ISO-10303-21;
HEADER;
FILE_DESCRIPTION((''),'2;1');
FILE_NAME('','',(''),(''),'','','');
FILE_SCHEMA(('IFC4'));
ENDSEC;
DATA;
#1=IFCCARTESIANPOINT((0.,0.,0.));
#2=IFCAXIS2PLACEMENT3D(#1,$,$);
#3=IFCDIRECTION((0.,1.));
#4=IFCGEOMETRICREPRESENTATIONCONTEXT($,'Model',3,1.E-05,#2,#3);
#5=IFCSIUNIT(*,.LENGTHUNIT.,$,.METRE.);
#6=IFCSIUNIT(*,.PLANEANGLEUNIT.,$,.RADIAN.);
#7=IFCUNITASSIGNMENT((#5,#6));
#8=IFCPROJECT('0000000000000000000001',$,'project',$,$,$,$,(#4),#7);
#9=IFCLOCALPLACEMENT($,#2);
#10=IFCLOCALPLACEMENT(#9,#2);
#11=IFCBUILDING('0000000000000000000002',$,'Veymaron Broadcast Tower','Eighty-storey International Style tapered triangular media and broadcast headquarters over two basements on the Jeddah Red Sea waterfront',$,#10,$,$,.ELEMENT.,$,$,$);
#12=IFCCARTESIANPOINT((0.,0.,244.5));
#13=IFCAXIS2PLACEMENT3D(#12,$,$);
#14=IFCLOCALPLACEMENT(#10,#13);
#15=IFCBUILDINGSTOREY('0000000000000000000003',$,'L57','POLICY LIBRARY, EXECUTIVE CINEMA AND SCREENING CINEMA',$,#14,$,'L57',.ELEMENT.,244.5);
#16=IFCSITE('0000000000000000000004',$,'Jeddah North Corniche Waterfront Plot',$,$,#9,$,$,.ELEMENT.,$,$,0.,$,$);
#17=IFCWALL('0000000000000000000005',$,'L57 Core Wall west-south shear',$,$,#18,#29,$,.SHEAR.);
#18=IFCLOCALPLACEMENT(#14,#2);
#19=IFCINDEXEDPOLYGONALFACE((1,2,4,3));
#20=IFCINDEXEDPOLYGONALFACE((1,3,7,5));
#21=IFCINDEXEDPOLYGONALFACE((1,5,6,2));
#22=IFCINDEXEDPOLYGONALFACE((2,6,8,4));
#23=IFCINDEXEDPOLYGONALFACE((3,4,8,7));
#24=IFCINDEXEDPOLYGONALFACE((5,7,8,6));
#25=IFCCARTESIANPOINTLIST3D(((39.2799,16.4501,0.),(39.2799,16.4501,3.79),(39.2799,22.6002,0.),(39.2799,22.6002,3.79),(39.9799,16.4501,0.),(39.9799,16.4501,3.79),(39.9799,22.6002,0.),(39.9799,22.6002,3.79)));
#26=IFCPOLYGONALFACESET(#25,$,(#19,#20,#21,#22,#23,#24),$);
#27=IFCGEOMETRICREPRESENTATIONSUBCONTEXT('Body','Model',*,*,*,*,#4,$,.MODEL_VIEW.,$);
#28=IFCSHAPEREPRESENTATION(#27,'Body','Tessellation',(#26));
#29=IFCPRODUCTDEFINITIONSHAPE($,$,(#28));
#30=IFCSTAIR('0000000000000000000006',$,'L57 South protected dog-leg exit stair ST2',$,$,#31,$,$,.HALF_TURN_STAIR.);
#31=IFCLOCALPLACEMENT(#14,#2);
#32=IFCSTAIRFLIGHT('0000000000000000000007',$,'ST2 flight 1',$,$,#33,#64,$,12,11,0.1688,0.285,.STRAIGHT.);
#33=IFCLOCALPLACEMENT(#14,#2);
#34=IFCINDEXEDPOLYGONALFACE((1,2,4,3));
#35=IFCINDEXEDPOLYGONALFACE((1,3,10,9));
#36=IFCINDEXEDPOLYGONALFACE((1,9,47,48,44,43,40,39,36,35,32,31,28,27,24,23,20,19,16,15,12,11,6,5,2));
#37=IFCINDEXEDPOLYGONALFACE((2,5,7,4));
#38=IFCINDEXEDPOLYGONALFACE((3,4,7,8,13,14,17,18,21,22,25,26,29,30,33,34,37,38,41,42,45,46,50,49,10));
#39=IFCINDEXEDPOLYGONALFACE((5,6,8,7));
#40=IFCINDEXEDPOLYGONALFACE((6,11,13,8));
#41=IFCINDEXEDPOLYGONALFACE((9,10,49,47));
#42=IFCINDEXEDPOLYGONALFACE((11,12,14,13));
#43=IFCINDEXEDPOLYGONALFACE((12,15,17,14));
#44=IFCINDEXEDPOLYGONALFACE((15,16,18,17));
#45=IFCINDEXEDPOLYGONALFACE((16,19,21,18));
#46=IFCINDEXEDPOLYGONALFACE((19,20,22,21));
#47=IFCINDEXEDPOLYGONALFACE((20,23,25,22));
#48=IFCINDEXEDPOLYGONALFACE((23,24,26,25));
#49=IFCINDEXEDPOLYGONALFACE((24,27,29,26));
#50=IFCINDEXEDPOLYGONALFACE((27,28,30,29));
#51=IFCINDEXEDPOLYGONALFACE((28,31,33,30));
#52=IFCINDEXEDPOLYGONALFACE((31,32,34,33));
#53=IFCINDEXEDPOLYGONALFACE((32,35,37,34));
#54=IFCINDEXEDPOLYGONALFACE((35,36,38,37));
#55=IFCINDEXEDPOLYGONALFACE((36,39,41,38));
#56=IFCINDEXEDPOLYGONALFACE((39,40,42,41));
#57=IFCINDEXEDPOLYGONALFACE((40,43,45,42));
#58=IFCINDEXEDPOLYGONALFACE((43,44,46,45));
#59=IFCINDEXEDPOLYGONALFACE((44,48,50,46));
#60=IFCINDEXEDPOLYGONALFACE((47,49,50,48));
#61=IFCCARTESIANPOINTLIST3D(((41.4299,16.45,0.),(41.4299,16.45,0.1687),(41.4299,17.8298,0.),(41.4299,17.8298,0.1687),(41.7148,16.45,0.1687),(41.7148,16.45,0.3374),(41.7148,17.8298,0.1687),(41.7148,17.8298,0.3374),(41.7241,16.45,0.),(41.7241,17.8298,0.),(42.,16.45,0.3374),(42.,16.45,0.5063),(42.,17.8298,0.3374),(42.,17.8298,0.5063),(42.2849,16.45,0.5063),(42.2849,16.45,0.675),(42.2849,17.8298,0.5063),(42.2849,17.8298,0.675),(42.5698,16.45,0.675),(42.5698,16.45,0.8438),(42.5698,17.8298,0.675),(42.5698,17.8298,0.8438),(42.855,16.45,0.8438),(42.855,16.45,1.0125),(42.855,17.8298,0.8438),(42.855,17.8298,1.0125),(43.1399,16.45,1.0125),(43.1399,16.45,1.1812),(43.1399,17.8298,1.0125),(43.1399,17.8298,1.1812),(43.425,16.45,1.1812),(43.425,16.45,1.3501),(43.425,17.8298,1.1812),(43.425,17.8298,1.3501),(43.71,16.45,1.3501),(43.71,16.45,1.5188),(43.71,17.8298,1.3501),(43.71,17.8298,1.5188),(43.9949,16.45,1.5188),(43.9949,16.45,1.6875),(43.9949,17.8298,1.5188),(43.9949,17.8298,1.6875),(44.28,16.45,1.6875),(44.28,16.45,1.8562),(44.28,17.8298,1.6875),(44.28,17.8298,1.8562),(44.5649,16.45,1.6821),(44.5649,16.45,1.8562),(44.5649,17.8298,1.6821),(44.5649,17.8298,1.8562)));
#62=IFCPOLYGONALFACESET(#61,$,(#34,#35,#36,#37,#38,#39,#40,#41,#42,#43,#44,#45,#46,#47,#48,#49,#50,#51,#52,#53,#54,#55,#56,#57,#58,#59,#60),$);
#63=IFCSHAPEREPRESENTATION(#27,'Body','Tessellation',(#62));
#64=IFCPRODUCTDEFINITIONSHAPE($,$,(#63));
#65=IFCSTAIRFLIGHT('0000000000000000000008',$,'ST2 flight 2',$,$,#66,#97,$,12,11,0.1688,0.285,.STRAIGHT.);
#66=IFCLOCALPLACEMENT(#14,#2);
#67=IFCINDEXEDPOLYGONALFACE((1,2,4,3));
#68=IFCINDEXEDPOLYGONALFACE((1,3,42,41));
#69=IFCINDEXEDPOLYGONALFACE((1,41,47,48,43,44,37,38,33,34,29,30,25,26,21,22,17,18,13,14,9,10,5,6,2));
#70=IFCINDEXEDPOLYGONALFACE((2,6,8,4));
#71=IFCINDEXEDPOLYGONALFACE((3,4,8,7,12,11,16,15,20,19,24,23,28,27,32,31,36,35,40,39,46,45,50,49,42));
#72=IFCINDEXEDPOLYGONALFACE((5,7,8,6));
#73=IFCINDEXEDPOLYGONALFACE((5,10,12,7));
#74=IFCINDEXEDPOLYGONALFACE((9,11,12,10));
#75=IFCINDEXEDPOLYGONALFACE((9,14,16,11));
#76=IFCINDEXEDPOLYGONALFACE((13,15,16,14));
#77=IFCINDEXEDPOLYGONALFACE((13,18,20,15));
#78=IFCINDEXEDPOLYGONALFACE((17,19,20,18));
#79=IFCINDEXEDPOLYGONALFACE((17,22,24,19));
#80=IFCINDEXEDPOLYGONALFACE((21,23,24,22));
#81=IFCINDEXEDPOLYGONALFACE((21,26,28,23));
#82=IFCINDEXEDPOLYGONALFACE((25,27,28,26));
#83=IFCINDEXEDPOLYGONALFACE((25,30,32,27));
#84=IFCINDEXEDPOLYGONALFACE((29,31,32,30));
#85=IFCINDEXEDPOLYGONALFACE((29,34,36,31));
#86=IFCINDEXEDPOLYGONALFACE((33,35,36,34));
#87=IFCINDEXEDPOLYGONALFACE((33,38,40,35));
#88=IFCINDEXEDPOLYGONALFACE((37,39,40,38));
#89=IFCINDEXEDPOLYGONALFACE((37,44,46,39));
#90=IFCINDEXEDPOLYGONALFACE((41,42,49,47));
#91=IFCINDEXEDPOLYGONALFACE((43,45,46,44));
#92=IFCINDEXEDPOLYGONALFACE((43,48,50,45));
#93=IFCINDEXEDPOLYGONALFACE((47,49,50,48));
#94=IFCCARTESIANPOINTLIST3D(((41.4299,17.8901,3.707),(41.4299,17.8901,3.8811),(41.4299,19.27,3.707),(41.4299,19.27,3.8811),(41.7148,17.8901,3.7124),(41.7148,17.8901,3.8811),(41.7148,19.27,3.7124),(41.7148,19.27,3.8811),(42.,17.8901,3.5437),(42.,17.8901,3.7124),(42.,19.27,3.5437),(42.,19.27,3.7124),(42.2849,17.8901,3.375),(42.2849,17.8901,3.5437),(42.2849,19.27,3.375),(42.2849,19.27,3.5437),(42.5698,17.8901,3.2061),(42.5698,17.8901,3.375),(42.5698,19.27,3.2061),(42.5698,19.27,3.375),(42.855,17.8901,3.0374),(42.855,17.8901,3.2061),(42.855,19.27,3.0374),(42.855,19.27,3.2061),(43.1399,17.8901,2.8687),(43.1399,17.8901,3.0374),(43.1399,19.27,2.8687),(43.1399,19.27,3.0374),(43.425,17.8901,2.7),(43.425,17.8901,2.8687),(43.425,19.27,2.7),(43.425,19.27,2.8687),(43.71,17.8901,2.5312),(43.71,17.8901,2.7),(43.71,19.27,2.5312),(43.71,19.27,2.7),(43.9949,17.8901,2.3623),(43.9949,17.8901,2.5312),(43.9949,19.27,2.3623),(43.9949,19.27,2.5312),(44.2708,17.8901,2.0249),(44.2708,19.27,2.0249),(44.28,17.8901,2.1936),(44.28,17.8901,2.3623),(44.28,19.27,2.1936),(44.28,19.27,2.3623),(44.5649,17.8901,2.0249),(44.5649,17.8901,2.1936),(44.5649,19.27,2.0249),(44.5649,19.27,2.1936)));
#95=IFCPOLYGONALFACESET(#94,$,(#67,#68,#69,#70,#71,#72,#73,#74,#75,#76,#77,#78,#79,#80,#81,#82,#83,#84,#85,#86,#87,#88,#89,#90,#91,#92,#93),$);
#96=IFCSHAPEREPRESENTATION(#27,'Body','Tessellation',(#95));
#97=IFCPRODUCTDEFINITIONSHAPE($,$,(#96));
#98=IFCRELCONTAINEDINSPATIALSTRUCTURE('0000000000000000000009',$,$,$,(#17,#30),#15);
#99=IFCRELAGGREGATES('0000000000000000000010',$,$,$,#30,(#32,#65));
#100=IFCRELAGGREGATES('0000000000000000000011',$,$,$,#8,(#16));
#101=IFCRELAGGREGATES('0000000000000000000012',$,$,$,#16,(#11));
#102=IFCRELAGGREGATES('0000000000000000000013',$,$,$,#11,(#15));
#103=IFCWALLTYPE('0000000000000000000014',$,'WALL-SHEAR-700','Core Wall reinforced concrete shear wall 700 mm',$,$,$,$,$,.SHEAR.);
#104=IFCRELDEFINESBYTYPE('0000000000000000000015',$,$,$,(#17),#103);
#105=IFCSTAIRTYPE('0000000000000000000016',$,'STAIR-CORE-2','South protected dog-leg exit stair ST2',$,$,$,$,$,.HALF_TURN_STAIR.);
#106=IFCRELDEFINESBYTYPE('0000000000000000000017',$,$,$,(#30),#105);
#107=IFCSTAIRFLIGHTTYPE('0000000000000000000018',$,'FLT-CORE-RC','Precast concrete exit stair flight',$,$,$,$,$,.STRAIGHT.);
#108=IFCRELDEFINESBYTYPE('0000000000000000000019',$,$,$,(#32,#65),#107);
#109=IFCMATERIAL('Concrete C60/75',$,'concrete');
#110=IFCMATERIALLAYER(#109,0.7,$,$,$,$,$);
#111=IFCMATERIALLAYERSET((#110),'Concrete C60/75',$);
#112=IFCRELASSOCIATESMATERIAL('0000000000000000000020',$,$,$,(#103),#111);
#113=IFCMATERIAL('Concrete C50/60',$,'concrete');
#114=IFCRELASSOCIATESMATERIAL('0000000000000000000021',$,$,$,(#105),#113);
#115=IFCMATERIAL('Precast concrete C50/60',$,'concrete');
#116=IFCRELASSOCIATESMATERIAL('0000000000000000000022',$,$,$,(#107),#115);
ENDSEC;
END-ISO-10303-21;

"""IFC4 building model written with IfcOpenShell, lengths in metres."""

from ifc_helpers import new_model, si_unit, direction, frame, frame_2d, origin, place, context, subcontext, project, spatial, polyline, rectangle, outline, extrude, material, layer, layer_set, type_object, element, aggregate, save


model = new_model("IFC4")

# Units and contexts
model_context = context("Model", 3, precision=1e-05, world=origin(), true_north=direction((0.0, 1.0)))
body_context = subcontext(model_context, "Body", "Model", "MODEL_VIEW")
ifc_project = project(units=[si_unit("LENGTHUNIT", "METRE"), si_unit("PLANEANGLEUNIT", "RADIAN")], contexts=[model_context])

# Site, building, storey
site_placement = place(None, origin())
site = spatial("IfcSite", under=ifc_project, at=site_placement, Name="Jeddah North Corniche Waterfront Plot", CompositionType="ELEMENT", RefElevation=0.0)
building_placement = place(site_placement, origin())
building = spatial("IfcBuilding", under=site, at=building_placement, Name="Veymaron Broadcast Tower", Description="Eighty-storey International Style tapered triangular media and broadcast headquarters over two basements on the Jeddah Red Sea waterfront", CompositionType="ELEMENT")
storey_placement = place(building_placement, frame((0.0, 0.0, 244.5)))
storey = spatial("IfcBuildingStorey", under=building, at=storey_placement, Name="L57", Description="POLICY LIBRARY, EXECUTIVE CINEMA AND SCREENING CINEMA", LongName="L57", CompositionType="ELEMENT", Elevation=244.5)

# Shared definitions
ifc_material_1 = material(Name="Concrete C50/60", Category="concrete")

# Wall
ifc_material_2 = material(Name="Concrete C60/75", Category="concrete")
ifc_layer_1 = layer(ifc_material_2, 0.7)
ifc_layer_set_1 = layer_set([ifc_layer_1], Name="Concrete C60/75")
wall_type_1 = type_object("IfcWallType", Name="WALL-SHEAR-700", Description="Core Wall reinforced concrete shear wall 700 mm", PredefinedType="SHEAR", material=ifc_layer_set_1)
wall_1_placement = place(storey_placement, frame((39.6299, 16.45, 0.0), z_axis=(0.0, 0.0, 1.0), x_axis=(0.0, 1.0, 0.0)))
element("IfcWall", 1, at=wall_1_placement, inside=storey, type_object=wall_type_1, Name="L57 Core Wall west-south shear", PredefinedType="SHEAR", context=body_context, shape_type="SweptSolid", body=[
    extrude(rectangle(XDim=6.1501, YDim=0.7, at=frame_2d((3.0752, 0.0))), origin(), (0.0, 0.0, 1.0), 3.79),
])

# Stair, stair flights
stair_type = type_object("IfcStairType", Name="STAIR-CORE-2", Description="South protected dog-leg exit stair ST2", PredefinedType="HALF_TURN_STAIR", material=ifc_material_1)
stair_placement = place(storey_placement, origin())
stair = element("IfcStair", 2, at=stair_placement, inside=storey, type_object=stair_type, Name="L57 South protected dog-leg exit stair ST2", PredefinedType="HALF_TURN_STAIR")
ifc_material_3 = material(Name="Precast concrete C50/60", Category="concrete")
stair_flight_type = type_object("IfcStairFlightType", Name="FLT-CORE-RC", Description="Precast concrete exit stair flight", PredefinedType="STRAIGHT", material=ifc_material_3)
stair_flight_1_placement = place(storey_placement, frame((41.4299, 17.1399, 0.0), z_axis=(0.0, 0.0, 1.0), x_axis=(1.0, 0.0, 0.0)))
stair_flight_1 = element("IfcStairFlight", 3, at=stair_flight_1_placement, type_object=stair_flight_type, Name="ST2 flight 1", NumberOfRisers=12, NumberOfTreads=11, PredefinedType="STRAIGHT", RiserHeight=0.1688, TreadLength=0.285, context=body_context, shape_type="SweptSolid", body=[
    extrude(outline(polyline([(0.0, 0.0), (0.0, 0.1687), (0.2849, 0.1687), (0.2849, 0.3374), (0.5701, 0.3374), (0.5701, 0.5063), (0.855, 0.5063), (0.855, 0.675), (1.1399, 0.675), (1.1399, 0.8438), (1.425, 0.8438), (1.425, 1.0125), (1.71, 1.0125), (1.71, 1.1812), (1.9951, 1.1812), (1.9951, 1.3501), (2.28, 1.3501), (2.28, 1.5188), (2.5649, 1.5188), (2.5649, 1.6875), (2.8501, 1.6875), (2.8501, 1.8562), (3.135, 1.8562), (3.135, 2.0249), (3.135, 1.6821), (0.2942, 0.0), (0.0, 0.0)])), frame((0.0, 0.6899, 0.0), z_axis=(0.0, -1.0, 0.0), x_axis=(1.0, 0.0, 0.0)), (0.0, 0.0, 1.0), 1.3799),
])
stair_flight_2_placement = place(storey_placement, frame((44.5649, 18.5801, 2.0249), z_axis=(0.0, 0.0, 1.0), x_axis=(-1.0, 0.0, 0.0)))
stair_flight_2 = element("IfcStairFlight", 4, at=stair_flight_2_placement, type_object=stair_flight_type, Name="ST2 flight 2", NumberOfRisers=12, NumberOfTreads=11, PredefinedType="STRAIGHT", RiserHeight=0.1688, TreadLength=0.285, context=body_context, shape_type="SweptSolid", body=[
    extrude(outline(polyline([(0.0, 0.0), (0.0, 0.1687), (0.2849, 0.1687), (0.2849, 0.3374), (0.5701, 0.3374), (0.5701, 0.5063), (0.855, 0.5063), (0.855, 0.675), (1.1399, 0.675), (1.1399, 0.8438), (1.425, 0.8438), (1.425, 1.0125), (1.71, 1.0125), (1.71, 1.1812), (1.9951, 1.1812), (1.9951, 1.3501), (2.28, 1.3501), (2.28, 1.5188), (2.5649, 1.5188), (2.5649, 1.6875), (2.8501, 1.6875), (2.8501, 1.8562), (3.135, 1.8562), (3.135, 2.0249), (3.135, 1.6821), (0.2942, 0.0), (0.0, 0.0)])), frame((0.0, 0.6899, 0.0), z_axis=(0.0, -1.0, 0.0), x_axis=(1.0, 0.0, 0.0)), (0.0, 0.0, 1.0), 1.3799),
])
aggregate(stair, [stair_flight_1, stair_flight_2])

save(model, "model.ifc")
